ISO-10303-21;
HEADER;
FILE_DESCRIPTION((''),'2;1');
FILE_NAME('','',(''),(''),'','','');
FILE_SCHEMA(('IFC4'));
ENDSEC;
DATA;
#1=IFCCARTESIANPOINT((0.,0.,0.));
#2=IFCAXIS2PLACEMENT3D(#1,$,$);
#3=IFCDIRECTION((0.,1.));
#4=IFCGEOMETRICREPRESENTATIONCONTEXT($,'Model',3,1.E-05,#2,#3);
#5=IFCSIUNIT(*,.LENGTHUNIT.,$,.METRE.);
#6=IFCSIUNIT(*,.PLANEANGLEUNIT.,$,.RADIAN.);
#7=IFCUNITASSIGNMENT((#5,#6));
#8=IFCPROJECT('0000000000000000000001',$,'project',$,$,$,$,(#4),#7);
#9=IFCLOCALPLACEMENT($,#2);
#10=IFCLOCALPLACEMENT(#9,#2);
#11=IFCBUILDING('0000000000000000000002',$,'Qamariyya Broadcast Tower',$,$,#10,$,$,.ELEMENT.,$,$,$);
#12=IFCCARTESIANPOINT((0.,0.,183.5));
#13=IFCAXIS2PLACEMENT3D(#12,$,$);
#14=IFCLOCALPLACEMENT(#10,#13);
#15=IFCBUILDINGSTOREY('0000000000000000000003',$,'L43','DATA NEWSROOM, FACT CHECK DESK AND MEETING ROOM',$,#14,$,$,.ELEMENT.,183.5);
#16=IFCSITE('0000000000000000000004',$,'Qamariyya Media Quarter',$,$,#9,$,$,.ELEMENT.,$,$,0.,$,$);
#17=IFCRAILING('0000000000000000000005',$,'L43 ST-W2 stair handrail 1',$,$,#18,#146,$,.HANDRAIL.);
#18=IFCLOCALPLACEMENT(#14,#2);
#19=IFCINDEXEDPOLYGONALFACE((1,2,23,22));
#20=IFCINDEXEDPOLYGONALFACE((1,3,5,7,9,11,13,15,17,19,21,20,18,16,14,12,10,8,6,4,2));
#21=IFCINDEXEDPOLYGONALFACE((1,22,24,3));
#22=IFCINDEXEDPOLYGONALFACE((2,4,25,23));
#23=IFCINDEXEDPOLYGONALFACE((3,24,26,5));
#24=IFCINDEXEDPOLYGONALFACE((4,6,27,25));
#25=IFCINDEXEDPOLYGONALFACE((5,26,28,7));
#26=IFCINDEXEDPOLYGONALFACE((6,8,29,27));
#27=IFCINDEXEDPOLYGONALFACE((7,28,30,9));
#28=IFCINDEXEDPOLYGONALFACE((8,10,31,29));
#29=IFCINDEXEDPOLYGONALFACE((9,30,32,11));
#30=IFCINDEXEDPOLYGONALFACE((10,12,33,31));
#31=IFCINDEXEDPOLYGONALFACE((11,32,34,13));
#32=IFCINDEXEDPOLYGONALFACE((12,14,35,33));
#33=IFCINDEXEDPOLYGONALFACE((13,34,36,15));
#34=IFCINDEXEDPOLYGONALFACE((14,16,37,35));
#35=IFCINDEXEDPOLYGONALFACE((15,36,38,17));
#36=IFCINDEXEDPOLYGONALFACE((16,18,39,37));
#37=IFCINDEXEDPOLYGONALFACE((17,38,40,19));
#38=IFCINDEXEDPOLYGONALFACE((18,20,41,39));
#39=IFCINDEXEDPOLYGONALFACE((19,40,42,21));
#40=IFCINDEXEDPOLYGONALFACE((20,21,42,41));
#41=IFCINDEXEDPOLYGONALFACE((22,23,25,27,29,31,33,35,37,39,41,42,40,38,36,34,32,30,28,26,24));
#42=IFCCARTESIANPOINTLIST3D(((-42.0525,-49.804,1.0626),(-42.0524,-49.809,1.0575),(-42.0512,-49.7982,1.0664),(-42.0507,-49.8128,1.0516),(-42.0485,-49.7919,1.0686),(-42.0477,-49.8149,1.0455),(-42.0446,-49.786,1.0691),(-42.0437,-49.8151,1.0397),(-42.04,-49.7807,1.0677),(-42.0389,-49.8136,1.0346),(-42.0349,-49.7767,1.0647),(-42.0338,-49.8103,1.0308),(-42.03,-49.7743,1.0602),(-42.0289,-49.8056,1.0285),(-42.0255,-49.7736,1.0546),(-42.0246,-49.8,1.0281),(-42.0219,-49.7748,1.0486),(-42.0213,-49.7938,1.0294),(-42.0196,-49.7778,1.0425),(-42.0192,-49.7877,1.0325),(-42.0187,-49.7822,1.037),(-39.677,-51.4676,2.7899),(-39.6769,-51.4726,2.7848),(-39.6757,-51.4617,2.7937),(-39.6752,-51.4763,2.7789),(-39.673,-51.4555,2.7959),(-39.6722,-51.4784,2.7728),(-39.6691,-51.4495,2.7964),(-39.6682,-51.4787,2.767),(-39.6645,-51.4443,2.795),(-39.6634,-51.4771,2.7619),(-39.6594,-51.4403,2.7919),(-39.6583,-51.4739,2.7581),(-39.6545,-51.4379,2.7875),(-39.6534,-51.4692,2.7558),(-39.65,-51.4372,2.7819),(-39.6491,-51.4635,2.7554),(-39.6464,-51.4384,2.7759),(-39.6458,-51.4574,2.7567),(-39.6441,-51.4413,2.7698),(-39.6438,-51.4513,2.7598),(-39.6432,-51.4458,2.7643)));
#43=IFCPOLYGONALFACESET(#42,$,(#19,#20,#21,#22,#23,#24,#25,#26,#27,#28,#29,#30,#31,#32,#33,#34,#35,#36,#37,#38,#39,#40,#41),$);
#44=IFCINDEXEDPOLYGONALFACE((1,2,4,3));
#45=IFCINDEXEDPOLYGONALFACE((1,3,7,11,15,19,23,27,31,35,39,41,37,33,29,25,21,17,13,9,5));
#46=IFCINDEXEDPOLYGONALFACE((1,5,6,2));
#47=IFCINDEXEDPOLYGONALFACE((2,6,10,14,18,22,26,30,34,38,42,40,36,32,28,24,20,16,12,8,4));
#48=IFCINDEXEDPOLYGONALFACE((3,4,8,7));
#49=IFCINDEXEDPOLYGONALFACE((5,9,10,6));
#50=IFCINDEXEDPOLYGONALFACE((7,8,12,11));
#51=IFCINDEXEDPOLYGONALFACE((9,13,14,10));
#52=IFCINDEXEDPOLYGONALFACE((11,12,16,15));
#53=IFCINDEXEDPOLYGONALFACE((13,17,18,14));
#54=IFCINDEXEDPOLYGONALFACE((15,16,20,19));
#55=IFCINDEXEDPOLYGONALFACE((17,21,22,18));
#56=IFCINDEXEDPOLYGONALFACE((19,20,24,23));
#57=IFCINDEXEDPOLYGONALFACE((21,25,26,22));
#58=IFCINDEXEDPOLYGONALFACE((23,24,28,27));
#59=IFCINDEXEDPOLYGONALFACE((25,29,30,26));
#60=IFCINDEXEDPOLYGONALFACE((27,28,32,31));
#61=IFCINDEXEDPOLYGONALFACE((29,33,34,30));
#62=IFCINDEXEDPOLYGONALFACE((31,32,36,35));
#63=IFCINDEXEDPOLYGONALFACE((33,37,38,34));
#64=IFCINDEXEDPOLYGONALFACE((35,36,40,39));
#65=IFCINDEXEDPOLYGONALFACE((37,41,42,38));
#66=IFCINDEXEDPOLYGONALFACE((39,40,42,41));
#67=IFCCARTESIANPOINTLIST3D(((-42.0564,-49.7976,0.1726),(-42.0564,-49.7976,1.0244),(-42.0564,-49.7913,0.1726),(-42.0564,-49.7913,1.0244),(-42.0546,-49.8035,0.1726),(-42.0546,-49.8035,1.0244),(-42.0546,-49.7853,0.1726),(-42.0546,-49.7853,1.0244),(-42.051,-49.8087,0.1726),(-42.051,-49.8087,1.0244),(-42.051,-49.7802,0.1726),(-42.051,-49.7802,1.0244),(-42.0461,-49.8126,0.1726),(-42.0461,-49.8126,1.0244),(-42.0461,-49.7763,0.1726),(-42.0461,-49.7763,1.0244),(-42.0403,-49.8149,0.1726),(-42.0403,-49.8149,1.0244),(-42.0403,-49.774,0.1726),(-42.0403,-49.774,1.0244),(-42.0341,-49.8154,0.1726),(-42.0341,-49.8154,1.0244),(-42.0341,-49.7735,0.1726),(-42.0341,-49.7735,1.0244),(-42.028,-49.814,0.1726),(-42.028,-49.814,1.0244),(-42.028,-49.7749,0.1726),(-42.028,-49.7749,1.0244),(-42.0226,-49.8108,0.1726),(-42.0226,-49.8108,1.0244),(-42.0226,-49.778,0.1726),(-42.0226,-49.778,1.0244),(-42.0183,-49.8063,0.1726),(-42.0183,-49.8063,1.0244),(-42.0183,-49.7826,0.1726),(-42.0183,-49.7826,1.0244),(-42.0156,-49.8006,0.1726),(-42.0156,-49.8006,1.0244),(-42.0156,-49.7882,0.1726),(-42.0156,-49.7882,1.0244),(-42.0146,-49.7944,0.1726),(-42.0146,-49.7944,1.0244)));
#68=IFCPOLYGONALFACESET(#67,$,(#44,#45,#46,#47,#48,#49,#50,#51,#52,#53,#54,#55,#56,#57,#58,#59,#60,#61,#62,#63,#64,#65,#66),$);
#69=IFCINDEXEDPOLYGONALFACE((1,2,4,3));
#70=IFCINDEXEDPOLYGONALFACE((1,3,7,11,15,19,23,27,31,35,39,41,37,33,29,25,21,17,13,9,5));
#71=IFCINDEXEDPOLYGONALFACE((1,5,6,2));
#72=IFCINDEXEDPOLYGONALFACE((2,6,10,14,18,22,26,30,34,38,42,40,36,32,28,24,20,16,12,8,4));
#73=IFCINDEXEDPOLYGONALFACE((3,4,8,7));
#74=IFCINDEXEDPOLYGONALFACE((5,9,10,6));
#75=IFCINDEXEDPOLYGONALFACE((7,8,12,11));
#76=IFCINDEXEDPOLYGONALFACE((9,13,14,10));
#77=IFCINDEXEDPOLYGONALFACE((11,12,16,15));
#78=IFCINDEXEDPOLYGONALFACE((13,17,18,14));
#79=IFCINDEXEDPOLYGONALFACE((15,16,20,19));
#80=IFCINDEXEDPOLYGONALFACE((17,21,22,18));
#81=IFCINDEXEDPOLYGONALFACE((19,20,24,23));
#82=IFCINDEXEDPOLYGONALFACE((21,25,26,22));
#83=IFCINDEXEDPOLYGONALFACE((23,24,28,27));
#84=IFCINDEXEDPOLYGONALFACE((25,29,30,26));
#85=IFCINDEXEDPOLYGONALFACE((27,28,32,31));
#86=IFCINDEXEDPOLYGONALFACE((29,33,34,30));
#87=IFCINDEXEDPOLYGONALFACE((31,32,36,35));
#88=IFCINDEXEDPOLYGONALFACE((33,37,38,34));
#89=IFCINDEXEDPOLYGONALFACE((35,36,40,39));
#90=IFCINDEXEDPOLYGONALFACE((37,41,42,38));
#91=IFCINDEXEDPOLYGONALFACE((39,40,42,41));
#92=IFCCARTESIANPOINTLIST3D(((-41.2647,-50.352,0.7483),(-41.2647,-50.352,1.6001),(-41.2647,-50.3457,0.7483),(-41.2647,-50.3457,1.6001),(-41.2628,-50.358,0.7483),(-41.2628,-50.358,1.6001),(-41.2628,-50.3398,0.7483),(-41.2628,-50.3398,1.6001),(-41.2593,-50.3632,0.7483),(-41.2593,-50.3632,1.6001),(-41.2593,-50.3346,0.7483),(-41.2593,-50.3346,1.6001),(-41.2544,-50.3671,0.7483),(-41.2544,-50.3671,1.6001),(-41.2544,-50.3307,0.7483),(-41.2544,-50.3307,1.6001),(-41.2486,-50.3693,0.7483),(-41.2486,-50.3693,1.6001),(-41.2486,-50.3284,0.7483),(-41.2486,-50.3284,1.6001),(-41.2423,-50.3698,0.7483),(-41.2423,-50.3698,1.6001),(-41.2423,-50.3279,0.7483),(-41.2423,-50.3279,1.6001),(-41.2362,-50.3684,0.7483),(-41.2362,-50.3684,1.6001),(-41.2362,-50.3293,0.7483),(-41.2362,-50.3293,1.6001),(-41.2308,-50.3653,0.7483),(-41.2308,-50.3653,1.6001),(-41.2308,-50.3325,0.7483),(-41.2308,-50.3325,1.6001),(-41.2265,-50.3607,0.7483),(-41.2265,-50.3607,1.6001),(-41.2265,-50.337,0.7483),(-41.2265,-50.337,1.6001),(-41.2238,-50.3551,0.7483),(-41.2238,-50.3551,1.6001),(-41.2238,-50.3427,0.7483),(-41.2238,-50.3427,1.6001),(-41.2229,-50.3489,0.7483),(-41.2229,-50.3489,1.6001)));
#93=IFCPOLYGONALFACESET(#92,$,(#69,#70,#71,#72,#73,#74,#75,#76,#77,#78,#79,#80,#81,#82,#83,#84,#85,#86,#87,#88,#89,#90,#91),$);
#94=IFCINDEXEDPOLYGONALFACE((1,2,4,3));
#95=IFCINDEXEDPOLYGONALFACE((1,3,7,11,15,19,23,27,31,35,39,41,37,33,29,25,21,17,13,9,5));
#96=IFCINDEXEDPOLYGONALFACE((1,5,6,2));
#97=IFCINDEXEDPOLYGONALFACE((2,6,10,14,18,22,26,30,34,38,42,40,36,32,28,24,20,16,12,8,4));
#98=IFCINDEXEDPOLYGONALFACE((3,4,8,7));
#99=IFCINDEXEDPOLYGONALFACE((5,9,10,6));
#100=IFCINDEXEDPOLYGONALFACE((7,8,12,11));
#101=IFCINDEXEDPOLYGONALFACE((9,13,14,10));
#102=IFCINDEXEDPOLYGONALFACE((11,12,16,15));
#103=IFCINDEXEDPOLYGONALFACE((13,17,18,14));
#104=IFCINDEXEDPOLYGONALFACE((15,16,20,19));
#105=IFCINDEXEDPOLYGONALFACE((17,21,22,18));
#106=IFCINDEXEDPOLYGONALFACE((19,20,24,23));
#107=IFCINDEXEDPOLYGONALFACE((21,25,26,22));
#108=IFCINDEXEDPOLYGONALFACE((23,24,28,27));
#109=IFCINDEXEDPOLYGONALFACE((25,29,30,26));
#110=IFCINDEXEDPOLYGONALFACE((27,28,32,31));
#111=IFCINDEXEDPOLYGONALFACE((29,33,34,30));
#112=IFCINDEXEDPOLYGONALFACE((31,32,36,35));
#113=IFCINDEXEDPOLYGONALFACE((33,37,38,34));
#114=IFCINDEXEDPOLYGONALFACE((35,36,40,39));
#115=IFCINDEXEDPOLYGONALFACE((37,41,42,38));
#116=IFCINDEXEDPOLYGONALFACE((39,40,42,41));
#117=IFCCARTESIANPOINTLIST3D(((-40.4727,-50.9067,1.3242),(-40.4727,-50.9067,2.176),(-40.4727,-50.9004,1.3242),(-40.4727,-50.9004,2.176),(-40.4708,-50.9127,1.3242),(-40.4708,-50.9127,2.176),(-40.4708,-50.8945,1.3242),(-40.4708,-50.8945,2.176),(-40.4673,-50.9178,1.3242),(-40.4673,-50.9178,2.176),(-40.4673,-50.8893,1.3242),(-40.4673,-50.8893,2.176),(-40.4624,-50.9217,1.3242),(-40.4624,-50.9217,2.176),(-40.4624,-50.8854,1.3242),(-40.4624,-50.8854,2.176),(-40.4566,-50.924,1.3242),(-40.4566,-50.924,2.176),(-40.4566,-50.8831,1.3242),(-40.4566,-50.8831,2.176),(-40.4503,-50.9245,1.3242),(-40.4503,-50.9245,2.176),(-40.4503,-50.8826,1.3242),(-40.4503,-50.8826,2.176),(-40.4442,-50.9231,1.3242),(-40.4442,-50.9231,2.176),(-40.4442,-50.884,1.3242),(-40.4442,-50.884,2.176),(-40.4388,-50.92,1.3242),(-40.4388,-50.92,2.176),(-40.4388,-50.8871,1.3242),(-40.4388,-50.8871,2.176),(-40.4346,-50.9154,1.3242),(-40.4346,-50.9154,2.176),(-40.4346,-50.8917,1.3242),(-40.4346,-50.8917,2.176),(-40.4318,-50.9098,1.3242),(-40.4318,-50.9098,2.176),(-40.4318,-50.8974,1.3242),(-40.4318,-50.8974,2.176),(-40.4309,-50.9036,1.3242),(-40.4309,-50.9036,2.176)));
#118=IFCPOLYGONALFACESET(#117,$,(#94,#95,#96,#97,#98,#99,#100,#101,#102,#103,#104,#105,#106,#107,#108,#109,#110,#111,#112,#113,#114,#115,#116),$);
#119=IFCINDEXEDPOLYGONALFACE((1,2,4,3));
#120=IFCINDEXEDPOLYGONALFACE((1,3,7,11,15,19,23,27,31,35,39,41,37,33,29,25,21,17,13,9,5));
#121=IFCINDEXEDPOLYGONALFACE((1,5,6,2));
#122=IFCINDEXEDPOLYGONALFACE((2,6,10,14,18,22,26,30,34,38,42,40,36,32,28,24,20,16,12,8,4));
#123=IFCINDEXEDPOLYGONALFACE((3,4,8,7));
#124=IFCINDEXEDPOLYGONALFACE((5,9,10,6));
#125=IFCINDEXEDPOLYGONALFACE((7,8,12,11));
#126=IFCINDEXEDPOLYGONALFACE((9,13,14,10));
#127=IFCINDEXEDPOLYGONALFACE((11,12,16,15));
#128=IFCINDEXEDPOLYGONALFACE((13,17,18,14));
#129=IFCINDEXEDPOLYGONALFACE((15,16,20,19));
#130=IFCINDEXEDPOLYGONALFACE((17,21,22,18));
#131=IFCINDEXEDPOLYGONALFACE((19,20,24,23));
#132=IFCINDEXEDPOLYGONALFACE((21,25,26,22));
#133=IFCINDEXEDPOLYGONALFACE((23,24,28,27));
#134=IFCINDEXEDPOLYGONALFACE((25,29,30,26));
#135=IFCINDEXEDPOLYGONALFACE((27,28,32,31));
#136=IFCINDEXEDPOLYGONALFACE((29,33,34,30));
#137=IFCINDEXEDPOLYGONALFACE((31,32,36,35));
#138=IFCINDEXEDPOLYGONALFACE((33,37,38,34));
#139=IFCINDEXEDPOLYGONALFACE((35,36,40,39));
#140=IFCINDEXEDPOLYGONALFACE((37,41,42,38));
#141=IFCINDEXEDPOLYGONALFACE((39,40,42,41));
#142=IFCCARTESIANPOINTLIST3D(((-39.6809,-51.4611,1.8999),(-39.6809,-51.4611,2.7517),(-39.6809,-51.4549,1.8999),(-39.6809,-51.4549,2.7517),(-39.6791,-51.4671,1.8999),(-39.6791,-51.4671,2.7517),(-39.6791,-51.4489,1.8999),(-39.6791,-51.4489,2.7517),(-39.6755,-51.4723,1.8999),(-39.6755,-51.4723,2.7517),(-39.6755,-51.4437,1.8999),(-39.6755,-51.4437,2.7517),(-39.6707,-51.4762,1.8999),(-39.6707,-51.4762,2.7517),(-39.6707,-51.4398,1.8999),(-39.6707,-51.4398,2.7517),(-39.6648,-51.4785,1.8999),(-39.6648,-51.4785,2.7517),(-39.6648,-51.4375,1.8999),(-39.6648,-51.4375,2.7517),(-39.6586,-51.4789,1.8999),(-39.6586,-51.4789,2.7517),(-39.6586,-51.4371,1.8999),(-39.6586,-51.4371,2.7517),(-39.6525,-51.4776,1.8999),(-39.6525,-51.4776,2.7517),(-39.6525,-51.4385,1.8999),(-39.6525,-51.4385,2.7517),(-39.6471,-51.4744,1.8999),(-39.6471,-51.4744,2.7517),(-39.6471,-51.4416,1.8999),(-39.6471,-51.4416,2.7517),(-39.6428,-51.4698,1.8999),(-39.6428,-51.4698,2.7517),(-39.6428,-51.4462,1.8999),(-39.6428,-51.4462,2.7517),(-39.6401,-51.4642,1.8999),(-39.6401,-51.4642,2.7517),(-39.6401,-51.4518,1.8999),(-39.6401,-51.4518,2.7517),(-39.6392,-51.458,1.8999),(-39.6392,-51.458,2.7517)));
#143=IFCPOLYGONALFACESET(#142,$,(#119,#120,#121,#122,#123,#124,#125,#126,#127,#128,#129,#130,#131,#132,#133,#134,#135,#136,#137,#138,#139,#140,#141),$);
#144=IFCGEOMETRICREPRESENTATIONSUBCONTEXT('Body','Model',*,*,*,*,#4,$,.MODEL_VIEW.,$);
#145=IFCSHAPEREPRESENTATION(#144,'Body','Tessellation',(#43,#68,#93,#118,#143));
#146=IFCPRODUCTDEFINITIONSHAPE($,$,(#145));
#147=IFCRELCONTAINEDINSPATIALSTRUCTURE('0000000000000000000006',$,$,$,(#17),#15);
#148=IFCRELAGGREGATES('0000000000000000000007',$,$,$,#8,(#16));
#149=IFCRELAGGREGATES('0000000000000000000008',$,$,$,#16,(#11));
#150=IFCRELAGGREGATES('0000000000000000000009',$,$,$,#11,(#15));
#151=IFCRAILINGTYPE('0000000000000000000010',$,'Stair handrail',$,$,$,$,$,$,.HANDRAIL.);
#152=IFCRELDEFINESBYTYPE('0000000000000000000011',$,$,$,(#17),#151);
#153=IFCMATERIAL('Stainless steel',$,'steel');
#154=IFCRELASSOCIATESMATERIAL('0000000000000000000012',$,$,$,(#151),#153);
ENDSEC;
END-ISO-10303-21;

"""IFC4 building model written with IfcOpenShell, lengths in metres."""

from ifc_helpers import new_model, si_unit, direction, frame, origin, origin_2d, place, context, subcontext, project, spatial, circle, extrude, material, type_object, element, save


model = new_model("IFC4")

# Units and contexts
model_context = context("Model", 3, precision=1e-05, world=origin(), true_north=direction((0.0, 1.0)))
body_context = subcontext(model_context, "Body", "Model", "MODEL_VIEW")
ifc_project = project(units=[si_unit("LENGTHUNIT", "METRE"), si_unit("PLANEANGLEUNIT", "RADIAN")], contexts=[model_context])

# Site, building, storey
site_placement = place(None, origin())
site = spatial("IfcSite", under=ifc_project, at=site_placement, Name="Qamariyya Media Quarter", CompositionType="ELEMENT", RefElevation=0.0)
building_placement = place(site_placement, origin())
building = spatial("IfcBuilding", under=site, at=building_placement, Name="Qamariyya Broadcast Tower", CompositionType="ELEMENT")
storey_placement = place(building_placement, frame((0.0, 0.0, 183.5)))
storey = spatial("IfcBuildingStorey", under=building, at=storey_placement, Name="L43", Description="DATA NEWSROOM, FACT CHECK DESK AND MEETING ROOM", CompositionType="ELEMENT", Elevation=183.5)

# Railing
ifc_material_1 = material(Name="Stainless steel", Category="steel")
railing_type_1 = type_object("IfcRailingType", Name="Stair handrail", PredefinedType="HANDRAIL", material=ifc_material_1)
railing_1_placement = place(storey_placement, frame((-42.0356, -49.7944, 0.1726)))
element("IfcRailing", 1, at=railing_1_placement, inside=storey, type_object=railing_type_1, Name="L43 ST-W2 stair handrail 1", PredefinedType="HANDRAIL", context=body_context, shape_type="SweptSolid", body=[
    extrude(circle(Radius=0.0239, at=origin_2d()), frame((0.0, 0.0, 0.876), z_axis=(0.703745, -0.492838, 0.511716), x_axis=(0.573632, 0.819113, 0.0)), (0.0, 0.0, 1.0), 3.3755),
    extrude(circle(Radius=0.021, at=origin_2d()), origin(), (0.0, 0.0, 1.0), 0.8518),
    extrude(circle(Radius=0.021, at=origin_2d()), frame((0.7917, -0.5544, 0.5757)), (0.0, 0.0, 1.0), 0.8518),
    extrude(circle(Radius=0.021, at=origin_2d()), frame((1.5837, -1.1091, 1.1516)), (0.0, 0.0, 1.0), 0.8518),
    extrude(circle(Radius=0.021, at=origin_2d()), frame((2.3755, -1.6636, 1.7273)), (0.0, 0.0, 1.0), 0.8518),
])

save(model, "model.ifc")
